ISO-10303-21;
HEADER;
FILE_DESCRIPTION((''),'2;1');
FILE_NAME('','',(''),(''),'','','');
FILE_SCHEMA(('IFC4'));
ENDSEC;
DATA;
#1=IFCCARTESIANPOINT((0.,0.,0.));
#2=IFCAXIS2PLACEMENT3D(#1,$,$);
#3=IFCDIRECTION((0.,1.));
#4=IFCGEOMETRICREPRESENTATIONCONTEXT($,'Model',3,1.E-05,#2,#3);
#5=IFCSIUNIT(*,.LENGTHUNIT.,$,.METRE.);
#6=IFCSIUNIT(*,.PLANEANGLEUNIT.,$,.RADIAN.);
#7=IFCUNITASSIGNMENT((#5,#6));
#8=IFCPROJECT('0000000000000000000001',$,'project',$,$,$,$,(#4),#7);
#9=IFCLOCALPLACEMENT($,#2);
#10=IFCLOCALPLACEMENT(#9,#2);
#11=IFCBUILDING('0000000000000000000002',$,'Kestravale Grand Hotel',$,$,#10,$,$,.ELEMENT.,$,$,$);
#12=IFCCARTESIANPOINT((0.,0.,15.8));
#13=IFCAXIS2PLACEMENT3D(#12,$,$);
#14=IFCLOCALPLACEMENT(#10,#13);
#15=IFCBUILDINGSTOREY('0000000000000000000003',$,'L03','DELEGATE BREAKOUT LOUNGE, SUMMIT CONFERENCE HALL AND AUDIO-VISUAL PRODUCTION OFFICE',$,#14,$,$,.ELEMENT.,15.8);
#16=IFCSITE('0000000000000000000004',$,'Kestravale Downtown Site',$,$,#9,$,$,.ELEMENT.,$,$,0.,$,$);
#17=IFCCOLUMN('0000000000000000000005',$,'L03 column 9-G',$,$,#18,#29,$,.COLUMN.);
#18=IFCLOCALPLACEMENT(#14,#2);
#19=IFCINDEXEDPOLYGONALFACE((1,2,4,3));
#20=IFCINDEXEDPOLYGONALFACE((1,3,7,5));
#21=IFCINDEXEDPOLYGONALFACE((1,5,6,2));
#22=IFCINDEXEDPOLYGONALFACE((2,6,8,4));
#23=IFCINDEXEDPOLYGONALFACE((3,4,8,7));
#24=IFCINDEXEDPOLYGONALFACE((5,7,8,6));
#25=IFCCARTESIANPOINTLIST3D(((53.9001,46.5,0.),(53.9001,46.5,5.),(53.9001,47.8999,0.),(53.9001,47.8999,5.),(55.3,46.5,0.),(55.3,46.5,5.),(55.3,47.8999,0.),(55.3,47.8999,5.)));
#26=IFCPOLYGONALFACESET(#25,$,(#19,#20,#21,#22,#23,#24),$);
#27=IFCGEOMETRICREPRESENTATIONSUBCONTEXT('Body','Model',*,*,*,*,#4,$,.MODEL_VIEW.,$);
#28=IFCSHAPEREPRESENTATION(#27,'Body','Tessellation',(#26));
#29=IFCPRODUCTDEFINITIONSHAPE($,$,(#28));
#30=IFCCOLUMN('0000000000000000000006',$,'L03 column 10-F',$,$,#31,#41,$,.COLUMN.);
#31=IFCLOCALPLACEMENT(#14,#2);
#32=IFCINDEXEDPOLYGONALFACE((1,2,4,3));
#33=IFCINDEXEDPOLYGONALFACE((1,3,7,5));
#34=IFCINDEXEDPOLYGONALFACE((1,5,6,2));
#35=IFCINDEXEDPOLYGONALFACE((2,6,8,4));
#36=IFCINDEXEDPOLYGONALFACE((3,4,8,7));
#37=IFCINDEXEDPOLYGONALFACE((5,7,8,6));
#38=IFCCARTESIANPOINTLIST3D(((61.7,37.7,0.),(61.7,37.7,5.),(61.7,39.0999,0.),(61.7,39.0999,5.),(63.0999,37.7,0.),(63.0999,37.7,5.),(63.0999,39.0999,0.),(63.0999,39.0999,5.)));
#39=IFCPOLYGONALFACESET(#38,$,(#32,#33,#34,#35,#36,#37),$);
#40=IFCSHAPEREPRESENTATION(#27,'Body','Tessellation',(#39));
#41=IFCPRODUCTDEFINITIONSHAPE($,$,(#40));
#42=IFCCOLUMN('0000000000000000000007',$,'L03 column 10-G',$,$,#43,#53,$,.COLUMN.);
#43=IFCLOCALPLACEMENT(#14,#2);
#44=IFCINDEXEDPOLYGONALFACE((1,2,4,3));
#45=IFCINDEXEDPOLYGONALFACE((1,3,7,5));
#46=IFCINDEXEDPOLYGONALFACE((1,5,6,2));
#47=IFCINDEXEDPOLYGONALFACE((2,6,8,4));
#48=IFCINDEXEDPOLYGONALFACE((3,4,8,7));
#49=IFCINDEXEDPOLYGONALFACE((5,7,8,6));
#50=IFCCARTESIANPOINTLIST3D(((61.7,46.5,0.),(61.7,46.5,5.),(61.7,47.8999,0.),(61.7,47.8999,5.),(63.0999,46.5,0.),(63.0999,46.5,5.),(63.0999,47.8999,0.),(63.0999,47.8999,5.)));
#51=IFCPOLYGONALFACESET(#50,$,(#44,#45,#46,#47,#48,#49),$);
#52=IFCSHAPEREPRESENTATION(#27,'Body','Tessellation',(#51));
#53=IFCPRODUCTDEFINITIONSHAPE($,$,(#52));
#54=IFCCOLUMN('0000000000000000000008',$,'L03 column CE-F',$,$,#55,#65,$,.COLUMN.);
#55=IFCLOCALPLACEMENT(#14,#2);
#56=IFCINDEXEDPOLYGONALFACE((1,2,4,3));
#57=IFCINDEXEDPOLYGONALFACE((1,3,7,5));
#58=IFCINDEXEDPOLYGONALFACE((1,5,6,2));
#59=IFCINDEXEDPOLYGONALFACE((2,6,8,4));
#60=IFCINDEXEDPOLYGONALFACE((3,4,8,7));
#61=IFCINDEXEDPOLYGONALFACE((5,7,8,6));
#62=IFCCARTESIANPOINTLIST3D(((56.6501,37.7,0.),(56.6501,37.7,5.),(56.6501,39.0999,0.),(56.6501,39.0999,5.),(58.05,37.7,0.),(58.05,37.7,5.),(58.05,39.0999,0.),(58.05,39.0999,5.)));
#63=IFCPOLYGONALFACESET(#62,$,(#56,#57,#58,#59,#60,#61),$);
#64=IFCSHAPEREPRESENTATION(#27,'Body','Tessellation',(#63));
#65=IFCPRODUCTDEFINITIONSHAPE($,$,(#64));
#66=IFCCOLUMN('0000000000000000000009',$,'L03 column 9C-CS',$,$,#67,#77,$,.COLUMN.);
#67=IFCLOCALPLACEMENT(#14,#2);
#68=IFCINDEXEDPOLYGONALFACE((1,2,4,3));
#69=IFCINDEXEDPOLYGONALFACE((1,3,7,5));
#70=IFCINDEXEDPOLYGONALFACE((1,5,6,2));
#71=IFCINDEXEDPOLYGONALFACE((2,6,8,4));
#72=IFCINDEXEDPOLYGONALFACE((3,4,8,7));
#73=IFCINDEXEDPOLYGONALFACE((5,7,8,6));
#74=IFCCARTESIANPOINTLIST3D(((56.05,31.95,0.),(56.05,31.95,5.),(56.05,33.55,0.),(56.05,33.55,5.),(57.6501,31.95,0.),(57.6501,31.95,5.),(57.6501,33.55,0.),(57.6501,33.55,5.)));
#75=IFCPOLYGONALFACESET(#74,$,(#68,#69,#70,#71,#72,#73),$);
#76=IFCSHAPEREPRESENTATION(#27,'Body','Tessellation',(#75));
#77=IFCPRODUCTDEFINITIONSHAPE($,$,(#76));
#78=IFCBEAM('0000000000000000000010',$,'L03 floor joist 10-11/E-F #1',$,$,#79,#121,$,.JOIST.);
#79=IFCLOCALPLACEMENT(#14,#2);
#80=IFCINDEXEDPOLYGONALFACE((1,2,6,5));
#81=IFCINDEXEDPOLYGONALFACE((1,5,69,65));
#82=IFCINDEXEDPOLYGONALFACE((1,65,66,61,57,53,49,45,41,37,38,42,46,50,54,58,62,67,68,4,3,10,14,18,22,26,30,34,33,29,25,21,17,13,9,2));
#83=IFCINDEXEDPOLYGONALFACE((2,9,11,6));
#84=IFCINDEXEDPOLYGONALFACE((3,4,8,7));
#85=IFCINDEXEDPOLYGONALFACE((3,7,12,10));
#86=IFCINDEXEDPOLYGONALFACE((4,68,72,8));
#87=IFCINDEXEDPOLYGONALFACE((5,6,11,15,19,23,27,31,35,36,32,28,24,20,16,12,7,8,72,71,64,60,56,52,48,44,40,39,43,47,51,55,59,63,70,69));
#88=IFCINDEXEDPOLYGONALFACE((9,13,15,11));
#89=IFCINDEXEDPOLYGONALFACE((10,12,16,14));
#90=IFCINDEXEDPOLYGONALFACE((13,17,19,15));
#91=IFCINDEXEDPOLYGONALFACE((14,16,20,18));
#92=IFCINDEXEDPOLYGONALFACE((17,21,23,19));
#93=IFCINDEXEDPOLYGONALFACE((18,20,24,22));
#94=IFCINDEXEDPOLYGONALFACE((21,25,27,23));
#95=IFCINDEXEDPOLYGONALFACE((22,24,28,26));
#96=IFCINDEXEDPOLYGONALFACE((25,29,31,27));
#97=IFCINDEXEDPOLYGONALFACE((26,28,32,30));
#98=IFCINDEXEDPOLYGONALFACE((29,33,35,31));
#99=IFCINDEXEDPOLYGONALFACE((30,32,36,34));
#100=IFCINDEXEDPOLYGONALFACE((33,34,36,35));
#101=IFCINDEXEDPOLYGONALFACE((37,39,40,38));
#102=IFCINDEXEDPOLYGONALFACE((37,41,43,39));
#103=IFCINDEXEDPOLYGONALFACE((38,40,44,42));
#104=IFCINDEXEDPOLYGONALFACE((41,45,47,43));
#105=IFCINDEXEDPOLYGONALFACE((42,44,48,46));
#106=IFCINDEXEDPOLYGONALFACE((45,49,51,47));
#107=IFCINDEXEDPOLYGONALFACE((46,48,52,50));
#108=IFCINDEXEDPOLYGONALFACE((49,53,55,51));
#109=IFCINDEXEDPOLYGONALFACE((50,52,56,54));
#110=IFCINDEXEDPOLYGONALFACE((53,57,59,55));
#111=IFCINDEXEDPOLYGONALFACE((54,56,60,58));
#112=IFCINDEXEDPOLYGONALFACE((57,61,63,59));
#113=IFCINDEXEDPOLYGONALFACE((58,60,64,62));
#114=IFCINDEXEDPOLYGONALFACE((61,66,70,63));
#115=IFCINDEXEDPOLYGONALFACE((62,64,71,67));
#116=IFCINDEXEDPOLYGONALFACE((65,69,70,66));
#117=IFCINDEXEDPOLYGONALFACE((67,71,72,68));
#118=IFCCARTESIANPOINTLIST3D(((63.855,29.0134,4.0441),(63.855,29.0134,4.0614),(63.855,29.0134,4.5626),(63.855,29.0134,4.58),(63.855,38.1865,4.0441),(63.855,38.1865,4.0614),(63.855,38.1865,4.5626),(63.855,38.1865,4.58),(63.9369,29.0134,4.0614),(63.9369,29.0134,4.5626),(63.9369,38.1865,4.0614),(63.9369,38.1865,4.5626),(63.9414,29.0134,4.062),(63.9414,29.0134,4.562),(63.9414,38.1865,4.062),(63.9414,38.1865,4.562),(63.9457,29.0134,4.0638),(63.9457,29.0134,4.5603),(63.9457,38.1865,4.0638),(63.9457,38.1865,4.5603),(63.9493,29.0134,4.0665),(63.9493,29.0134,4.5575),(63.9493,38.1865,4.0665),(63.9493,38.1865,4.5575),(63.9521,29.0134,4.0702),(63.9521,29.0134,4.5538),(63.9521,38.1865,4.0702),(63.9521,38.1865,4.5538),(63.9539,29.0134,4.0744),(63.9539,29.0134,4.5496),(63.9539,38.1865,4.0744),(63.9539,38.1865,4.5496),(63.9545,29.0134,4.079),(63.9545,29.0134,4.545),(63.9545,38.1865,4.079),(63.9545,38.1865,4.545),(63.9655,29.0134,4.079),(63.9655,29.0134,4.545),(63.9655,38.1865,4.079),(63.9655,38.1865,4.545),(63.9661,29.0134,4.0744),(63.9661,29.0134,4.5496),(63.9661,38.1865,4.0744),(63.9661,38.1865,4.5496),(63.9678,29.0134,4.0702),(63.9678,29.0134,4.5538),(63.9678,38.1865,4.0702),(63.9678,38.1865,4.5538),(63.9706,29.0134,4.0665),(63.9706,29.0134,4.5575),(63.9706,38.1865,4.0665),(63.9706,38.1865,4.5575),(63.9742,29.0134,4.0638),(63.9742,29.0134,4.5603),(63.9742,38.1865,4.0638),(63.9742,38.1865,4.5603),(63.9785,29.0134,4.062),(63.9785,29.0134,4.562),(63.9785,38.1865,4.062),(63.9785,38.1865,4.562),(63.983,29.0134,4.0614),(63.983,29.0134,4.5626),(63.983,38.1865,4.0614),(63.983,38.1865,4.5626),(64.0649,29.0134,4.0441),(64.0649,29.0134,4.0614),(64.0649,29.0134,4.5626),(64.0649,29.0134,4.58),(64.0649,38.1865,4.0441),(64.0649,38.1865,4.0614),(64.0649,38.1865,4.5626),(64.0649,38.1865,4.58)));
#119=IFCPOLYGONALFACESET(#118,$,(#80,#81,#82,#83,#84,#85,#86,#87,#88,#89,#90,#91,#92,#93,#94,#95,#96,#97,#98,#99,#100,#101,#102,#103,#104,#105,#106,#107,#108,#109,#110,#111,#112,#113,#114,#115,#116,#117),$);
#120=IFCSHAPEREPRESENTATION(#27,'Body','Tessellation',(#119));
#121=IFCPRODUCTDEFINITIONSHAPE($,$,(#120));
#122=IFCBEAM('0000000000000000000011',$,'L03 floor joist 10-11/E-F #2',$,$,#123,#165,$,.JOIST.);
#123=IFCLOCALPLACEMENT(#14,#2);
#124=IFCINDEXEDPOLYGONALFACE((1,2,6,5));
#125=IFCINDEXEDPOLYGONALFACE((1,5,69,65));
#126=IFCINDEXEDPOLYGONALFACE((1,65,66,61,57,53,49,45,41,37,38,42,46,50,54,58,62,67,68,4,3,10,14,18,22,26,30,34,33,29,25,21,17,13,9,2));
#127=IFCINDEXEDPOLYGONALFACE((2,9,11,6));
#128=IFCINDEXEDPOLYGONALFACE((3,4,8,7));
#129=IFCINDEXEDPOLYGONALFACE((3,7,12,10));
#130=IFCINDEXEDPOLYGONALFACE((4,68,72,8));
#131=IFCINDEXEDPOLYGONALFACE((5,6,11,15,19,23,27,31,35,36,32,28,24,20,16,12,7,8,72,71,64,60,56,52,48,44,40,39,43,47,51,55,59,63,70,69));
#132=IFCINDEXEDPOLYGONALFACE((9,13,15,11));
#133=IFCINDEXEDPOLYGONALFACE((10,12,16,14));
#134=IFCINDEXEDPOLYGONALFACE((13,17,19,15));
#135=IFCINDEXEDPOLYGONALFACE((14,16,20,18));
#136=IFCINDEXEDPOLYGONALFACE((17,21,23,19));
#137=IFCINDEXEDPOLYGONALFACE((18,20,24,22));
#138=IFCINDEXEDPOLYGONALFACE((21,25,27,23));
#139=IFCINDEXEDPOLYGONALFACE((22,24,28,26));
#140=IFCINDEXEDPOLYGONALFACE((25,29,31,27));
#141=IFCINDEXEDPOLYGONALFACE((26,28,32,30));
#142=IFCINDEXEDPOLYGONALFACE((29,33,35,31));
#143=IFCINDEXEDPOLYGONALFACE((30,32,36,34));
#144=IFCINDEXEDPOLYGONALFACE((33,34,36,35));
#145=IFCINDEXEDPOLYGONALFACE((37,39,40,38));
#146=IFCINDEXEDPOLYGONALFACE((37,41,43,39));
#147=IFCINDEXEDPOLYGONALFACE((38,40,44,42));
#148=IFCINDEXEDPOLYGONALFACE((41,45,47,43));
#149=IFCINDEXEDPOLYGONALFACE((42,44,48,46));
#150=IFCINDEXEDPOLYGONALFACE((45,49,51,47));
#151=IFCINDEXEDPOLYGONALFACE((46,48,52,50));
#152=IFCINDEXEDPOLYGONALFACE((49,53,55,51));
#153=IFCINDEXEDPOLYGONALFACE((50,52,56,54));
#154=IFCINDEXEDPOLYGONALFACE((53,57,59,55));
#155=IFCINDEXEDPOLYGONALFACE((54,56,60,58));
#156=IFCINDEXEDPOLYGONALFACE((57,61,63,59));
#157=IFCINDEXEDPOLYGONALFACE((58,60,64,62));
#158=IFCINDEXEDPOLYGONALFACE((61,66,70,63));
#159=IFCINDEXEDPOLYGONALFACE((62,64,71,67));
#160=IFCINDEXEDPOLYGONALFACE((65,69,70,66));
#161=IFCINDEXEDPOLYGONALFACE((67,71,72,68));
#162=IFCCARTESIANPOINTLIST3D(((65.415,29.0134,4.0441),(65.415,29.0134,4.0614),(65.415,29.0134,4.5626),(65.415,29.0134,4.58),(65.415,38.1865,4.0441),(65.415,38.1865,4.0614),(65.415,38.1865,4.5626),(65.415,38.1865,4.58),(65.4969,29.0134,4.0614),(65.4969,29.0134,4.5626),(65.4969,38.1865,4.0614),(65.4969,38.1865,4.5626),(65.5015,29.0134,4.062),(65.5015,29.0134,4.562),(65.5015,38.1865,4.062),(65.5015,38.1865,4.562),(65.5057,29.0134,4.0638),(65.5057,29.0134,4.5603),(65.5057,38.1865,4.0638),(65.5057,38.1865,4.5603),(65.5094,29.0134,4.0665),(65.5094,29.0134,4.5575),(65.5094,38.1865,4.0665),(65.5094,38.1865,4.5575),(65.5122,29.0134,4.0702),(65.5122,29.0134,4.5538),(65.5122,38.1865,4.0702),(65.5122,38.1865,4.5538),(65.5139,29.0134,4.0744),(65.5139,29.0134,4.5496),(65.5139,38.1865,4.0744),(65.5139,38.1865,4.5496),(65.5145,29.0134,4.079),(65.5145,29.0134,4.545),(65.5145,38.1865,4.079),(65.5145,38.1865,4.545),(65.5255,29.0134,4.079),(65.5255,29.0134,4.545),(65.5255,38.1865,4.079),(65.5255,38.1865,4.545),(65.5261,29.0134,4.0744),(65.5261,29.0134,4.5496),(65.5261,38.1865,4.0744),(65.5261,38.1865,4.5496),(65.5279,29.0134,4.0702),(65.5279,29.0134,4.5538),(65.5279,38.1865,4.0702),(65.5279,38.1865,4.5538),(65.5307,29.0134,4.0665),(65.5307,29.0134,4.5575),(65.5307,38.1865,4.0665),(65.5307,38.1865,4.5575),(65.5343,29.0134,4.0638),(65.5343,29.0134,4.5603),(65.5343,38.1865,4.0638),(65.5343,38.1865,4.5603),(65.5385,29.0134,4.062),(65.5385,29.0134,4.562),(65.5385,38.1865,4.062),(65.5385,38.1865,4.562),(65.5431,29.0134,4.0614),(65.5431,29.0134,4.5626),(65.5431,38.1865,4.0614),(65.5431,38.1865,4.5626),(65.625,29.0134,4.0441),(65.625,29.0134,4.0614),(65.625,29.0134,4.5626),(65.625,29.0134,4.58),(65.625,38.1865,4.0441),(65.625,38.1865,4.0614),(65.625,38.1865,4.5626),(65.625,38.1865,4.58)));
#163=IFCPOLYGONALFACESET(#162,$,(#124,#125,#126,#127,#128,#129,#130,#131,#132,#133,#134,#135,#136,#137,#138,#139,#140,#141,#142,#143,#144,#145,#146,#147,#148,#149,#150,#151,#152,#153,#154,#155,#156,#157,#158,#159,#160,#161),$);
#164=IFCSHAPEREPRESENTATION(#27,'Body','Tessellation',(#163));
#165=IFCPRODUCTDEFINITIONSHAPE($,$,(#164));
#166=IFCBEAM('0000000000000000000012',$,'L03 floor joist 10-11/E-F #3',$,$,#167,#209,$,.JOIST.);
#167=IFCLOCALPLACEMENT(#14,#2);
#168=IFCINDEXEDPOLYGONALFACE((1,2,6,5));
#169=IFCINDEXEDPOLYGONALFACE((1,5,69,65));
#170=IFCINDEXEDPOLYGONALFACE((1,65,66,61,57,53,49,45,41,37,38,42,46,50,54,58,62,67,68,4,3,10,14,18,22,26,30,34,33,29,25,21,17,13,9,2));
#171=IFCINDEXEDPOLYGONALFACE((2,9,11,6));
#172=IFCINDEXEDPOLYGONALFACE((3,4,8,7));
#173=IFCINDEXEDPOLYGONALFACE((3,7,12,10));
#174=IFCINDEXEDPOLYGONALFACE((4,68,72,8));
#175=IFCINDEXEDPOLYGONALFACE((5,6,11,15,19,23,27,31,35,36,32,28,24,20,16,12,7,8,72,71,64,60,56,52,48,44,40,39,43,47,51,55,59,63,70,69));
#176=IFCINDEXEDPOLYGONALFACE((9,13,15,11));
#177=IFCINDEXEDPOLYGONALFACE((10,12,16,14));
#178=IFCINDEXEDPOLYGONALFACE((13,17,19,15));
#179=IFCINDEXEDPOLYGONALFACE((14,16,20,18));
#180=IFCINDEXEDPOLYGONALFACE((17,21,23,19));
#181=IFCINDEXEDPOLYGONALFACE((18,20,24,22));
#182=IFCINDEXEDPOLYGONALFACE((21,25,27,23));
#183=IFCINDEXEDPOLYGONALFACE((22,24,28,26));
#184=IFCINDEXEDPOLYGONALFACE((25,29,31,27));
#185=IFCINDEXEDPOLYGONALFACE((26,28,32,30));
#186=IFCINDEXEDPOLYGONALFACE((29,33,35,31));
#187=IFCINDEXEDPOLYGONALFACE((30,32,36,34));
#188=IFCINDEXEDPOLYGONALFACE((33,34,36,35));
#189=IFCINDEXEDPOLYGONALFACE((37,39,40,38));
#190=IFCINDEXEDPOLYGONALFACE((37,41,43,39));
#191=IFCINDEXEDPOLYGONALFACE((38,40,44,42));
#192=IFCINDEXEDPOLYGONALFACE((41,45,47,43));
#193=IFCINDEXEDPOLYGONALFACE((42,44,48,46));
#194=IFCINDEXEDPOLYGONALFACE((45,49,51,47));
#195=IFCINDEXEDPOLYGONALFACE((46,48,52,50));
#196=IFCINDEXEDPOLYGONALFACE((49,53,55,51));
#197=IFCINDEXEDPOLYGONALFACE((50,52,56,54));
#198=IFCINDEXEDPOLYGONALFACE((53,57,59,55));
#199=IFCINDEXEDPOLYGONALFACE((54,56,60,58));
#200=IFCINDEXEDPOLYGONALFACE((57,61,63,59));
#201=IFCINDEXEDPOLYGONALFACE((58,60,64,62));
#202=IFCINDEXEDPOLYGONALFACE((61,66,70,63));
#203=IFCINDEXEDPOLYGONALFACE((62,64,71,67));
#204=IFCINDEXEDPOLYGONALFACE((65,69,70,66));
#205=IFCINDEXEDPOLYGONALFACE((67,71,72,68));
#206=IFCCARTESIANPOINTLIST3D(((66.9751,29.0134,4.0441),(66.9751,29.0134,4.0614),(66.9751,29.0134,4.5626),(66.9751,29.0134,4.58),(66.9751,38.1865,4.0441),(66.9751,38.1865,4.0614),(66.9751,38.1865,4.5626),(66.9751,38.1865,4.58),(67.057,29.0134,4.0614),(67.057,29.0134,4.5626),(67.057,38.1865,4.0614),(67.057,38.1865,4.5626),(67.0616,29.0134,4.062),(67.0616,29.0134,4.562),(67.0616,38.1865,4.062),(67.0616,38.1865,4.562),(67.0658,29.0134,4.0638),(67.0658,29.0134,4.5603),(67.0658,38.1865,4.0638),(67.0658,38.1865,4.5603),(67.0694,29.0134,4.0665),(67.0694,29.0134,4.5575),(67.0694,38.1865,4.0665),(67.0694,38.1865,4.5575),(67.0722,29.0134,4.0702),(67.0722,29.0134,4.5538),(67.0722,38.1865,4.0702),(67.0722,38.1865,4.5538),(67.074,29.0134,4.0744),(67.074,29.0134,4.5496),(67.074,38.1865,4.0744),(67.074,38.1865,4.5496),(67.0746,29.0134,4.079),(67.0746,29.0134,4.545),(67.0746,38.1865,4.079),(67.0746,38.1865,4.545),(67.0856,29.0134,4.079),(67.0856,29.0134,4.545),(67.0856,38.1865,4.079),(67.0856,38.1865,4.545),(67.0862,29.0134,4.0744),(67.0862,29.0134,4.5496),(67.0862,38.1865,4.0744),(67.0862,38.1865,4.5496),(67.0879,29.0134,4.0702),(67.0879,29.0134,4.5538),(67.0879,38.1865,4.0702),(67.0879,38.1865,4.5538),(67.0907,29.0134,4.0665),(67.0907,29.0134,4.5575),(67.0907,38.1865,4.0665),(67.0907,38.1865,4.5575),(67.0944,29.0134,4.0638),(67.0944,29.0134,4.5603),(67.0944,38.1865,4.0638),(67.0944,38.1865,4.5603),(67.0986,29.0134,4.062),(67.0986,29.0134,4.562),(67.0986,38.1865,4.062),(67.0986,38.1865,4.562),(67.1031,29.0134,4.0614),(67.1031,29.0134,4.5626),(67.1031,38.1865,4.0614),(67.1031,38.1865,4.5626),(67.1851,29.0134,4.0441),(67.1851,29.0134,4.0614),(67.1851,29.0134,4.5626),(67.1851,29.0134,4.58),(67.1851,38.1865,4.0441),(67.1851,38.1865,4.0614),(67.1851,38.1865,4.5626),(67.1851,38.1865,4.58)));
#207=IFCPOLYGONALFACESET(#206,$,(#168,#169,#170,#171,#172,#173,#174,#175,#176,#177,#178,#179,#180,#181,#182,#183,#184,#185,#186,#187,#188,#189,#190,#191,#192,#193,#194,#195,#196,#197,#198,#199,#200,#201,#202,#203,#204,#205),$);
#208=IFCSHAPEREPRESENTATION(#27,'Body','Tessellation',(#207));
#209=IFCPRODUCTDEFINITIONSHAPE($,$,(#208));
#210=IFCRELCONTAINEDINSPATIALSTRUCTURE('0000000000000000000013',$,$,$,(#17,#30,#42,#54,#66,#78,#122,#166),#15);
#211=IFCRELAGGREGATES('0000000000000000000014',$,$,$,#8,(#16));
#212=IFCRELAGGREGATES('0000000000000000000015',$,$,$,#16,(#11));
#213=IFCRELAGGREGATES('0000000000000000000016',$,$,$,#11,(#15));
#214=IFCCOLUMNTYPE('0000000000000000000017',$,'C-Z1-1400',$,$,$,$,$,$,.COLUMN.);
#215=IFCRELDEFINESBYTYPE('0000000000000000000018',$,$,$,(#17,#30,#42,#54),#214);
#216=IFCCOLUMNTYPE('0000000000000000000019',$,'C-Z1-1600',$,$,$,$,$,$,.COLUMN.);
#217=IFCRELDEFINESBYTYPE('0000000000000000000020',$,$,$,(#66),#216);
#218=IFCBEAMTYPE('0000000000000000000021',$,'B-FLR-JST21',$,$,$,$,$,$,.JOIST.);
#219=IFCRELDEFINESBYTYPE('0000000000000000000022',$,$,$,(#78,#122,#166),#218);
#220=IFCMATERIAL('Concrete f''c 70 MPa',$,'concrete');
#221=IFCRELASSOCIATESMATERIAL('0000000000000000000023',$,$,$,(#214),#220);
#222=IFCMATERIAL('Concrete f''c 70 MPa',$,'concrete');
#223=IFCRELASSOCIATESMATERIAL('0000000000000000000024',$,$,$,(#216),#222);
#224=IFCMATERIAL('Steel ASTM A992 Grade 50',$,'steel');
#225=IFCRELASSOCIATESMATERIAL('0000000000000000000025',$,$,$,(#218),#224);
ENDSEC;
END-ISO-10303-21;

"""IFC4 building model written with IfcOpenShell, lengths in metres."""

from ifc_helpers import new_model, si_unit, direction, frame, origin, origin_2d, place, context, subcontext, project, spatial, rectangle, i_section, extrude, material, material_profile, profile_set, type_object, element, save


model = new_model("IFC4")

# Units and contexts
model_context = context("Model", 3, precision=1e-05, world=origin(), true_north=direction((0.0, 1.0)))
body_context = subcontext(model_context, "Body", "Model", "MODEL_VIEW")
ifc_project = project(units=[si_unit("LENGTHUNIT", "METRE"), si_unit("PLANEANGLEUNIT", "RADIAN")], contexts=[model_context])

# Site, building, storey
site_placement = place(None, origin())
site = spatial("IfcSite", under=ifc_project, at=site_placement, Name="Kestravale Downtown Site", CompositionType="ELEMENT", RefElevation=0.0)
building_placement = place(site_placement, origin())
building = spatial("IfcBuilding", under=site, at=building_placement, Name="Kestravale Grand Hotel", CompositionType="ELEMENT")
storey_placement = place(building_placement, frame((0.0, 0.0, 15.8)))
storey = spatial("IfcBuildingStorey", under=building, at=storey_placement, Name="L03", Description="DELEGATE BREAKOUT LOUNGE, SUMMIT CONFERENCE HALL AND AUDIO-VISUAL PRODUCTION OFFICE", CompositionType="ELEMENT", Elevation=15.8)

# Columns
ifc_material_1 = material(Name="Concrete f'c 70 MPa", Category="concrete")
ifc_material_profile_1 = material_profile(ifc_material_1, rectangle(XDim=1.3999, YDim=1.3999, at=origin_2d()))
ifc_profile_set_1 = profile_set([ifc_material_profile_1], Name="Concrete f'c 70 MPa")
column_type_1 = type_object("IfcColumnType", Name="C-Z1-1400", PredefinedType="COLUMN", material=ifc_profile_set_1)
for number, where, z_axis, x_axis, name in (
    (1, (54.6001, 47.2, 0.0), (0.0, 0.0, 1.0), (1.0, 0.0, 0.0), "L03 column 9-G"),
    (2, (62.3999, 38.3999, 0.0), (0.0, 0.0, 1.0), (1.0, 0.0, 0.0), "L03 column 10-F"),
    (3, (62.3999, 47.2, 0.0), (0.0, 0.0, 1.0), (1.0, 0.0, 0.0), "L03 column 10-G"),
    (4, (57.3501, 38.3999, 0.0), (0.0, 0.0, 1.0), (1.0, 0.0, 0.0), "L03 column CE-F"),
):
    element("IfcColumn", number, at=place(storey_placement, frame(where, z_axis=z_axis, x_axis=x_axis)), inside=storey, type_object=column_type_1, Name=name, PredefinedType="COLUMN", context=body_context, shape_type="SweptSolid", body=[
        extrude(rectangle(XDim=1.3999, YDim=1.3999, at=origin_2d()), origin(), (0.0, 0.0, 1.0), 5.0),
    ])
ifc_material_2 = material(Name="Concrete f'c 70 MPa", Category="concrete")
ifc_material_profile_2 = material_profile(ifc_material_2, rectangle(XDim=1.6001, YDim=1.6001, at=origin_2d()))
ifc_profile_set_2 = profile_set([ifc_material_profile_2], Name="Concrete f'c 70 MPa")
column_type_2 = type_object("IfcColumnType", Name="C-Z1-1600", PredefinedType="COLUMN", material=ifc_profile_set_2)
column_placement = place(storey_placement, frame((56.8501, 32.75, 0.0), z_axis=(0.0, 0.0, 1.0), x_axis=(1.0, 0.0, 0.0)))
element("IfcColumn", 5, at=column_placement, inside=storey, type_object=column_type_2, Name="L03 column 9C-CS", PredefinedType="COLUMN", context=body_context, shape_type="SweptSolid", body=[
    extrude(rectangle(XDim=1.6001, YDim=1.6001, at=origin_2d()), origin(), (0.0, 0.0, 1.0), 5.0),
])

# Beams
ifc_material_3 = material(Name="Steel ASTM A992 Grade 50", Category="steel")
ifc_material_profile_3 = material_profile(ifc_material_3, i_section(OverallWidth=0.21, OverallDepth=0.5359, WebThickness=0.011, FlangeThickness=0.0173, FilletRadius=0.0176, at=origin_2d()))
ifc_profile_set_3 = profile_set([ifc_material_profile_3], Name="Steel ASTM A992 Grade 50")
beam_type_1 = type_object("IfcBeamType", Name="B-FLR-JST21", PredefinedType="JOIST", material=ifc_profile_set_3)
for number, where, z_axis, x_axis, name in (
    (6, (63.96, 29.0134, 4.312), (0.0, 1.0, 0.0), (-1.0, 0.0, 0.0), "L03 floor joist 10-11/E-F #1"),
    (7, (65.52, 29.0134, 4.312), (0.0, 1.0, 0.0), (-1.0, 0.0, 0.0), "L03 floor joist 10-11/E-F #2"),
    (8, (67.0801, 29.0134, 4.312), (0.0, 1.0, 0.0), (-1.0, 0.0, 0.0), "L03 floor joist 10-11/E-F #3"),
):
    element("IfcBeam", number, at=place(storey_placement, frame(where, z_axis=z_axis, x_axis=x_axis)), inside=storey, type_object=beam_type_1, Name=name, PredefinedType="JOIST", context=body_context, shape_type="SweptSolid", body=[
        extrude(i_section(OverallWidth=0.21, OverallDepth=0.5359, WebThickness=0.011, FlangeThickness=0.0173, FilletRadius=0.0176, at=origin_2d()), origin(), (0.0, 0.0, 1.0), 9.1731),
    ])

save(model, "model.ifc")
